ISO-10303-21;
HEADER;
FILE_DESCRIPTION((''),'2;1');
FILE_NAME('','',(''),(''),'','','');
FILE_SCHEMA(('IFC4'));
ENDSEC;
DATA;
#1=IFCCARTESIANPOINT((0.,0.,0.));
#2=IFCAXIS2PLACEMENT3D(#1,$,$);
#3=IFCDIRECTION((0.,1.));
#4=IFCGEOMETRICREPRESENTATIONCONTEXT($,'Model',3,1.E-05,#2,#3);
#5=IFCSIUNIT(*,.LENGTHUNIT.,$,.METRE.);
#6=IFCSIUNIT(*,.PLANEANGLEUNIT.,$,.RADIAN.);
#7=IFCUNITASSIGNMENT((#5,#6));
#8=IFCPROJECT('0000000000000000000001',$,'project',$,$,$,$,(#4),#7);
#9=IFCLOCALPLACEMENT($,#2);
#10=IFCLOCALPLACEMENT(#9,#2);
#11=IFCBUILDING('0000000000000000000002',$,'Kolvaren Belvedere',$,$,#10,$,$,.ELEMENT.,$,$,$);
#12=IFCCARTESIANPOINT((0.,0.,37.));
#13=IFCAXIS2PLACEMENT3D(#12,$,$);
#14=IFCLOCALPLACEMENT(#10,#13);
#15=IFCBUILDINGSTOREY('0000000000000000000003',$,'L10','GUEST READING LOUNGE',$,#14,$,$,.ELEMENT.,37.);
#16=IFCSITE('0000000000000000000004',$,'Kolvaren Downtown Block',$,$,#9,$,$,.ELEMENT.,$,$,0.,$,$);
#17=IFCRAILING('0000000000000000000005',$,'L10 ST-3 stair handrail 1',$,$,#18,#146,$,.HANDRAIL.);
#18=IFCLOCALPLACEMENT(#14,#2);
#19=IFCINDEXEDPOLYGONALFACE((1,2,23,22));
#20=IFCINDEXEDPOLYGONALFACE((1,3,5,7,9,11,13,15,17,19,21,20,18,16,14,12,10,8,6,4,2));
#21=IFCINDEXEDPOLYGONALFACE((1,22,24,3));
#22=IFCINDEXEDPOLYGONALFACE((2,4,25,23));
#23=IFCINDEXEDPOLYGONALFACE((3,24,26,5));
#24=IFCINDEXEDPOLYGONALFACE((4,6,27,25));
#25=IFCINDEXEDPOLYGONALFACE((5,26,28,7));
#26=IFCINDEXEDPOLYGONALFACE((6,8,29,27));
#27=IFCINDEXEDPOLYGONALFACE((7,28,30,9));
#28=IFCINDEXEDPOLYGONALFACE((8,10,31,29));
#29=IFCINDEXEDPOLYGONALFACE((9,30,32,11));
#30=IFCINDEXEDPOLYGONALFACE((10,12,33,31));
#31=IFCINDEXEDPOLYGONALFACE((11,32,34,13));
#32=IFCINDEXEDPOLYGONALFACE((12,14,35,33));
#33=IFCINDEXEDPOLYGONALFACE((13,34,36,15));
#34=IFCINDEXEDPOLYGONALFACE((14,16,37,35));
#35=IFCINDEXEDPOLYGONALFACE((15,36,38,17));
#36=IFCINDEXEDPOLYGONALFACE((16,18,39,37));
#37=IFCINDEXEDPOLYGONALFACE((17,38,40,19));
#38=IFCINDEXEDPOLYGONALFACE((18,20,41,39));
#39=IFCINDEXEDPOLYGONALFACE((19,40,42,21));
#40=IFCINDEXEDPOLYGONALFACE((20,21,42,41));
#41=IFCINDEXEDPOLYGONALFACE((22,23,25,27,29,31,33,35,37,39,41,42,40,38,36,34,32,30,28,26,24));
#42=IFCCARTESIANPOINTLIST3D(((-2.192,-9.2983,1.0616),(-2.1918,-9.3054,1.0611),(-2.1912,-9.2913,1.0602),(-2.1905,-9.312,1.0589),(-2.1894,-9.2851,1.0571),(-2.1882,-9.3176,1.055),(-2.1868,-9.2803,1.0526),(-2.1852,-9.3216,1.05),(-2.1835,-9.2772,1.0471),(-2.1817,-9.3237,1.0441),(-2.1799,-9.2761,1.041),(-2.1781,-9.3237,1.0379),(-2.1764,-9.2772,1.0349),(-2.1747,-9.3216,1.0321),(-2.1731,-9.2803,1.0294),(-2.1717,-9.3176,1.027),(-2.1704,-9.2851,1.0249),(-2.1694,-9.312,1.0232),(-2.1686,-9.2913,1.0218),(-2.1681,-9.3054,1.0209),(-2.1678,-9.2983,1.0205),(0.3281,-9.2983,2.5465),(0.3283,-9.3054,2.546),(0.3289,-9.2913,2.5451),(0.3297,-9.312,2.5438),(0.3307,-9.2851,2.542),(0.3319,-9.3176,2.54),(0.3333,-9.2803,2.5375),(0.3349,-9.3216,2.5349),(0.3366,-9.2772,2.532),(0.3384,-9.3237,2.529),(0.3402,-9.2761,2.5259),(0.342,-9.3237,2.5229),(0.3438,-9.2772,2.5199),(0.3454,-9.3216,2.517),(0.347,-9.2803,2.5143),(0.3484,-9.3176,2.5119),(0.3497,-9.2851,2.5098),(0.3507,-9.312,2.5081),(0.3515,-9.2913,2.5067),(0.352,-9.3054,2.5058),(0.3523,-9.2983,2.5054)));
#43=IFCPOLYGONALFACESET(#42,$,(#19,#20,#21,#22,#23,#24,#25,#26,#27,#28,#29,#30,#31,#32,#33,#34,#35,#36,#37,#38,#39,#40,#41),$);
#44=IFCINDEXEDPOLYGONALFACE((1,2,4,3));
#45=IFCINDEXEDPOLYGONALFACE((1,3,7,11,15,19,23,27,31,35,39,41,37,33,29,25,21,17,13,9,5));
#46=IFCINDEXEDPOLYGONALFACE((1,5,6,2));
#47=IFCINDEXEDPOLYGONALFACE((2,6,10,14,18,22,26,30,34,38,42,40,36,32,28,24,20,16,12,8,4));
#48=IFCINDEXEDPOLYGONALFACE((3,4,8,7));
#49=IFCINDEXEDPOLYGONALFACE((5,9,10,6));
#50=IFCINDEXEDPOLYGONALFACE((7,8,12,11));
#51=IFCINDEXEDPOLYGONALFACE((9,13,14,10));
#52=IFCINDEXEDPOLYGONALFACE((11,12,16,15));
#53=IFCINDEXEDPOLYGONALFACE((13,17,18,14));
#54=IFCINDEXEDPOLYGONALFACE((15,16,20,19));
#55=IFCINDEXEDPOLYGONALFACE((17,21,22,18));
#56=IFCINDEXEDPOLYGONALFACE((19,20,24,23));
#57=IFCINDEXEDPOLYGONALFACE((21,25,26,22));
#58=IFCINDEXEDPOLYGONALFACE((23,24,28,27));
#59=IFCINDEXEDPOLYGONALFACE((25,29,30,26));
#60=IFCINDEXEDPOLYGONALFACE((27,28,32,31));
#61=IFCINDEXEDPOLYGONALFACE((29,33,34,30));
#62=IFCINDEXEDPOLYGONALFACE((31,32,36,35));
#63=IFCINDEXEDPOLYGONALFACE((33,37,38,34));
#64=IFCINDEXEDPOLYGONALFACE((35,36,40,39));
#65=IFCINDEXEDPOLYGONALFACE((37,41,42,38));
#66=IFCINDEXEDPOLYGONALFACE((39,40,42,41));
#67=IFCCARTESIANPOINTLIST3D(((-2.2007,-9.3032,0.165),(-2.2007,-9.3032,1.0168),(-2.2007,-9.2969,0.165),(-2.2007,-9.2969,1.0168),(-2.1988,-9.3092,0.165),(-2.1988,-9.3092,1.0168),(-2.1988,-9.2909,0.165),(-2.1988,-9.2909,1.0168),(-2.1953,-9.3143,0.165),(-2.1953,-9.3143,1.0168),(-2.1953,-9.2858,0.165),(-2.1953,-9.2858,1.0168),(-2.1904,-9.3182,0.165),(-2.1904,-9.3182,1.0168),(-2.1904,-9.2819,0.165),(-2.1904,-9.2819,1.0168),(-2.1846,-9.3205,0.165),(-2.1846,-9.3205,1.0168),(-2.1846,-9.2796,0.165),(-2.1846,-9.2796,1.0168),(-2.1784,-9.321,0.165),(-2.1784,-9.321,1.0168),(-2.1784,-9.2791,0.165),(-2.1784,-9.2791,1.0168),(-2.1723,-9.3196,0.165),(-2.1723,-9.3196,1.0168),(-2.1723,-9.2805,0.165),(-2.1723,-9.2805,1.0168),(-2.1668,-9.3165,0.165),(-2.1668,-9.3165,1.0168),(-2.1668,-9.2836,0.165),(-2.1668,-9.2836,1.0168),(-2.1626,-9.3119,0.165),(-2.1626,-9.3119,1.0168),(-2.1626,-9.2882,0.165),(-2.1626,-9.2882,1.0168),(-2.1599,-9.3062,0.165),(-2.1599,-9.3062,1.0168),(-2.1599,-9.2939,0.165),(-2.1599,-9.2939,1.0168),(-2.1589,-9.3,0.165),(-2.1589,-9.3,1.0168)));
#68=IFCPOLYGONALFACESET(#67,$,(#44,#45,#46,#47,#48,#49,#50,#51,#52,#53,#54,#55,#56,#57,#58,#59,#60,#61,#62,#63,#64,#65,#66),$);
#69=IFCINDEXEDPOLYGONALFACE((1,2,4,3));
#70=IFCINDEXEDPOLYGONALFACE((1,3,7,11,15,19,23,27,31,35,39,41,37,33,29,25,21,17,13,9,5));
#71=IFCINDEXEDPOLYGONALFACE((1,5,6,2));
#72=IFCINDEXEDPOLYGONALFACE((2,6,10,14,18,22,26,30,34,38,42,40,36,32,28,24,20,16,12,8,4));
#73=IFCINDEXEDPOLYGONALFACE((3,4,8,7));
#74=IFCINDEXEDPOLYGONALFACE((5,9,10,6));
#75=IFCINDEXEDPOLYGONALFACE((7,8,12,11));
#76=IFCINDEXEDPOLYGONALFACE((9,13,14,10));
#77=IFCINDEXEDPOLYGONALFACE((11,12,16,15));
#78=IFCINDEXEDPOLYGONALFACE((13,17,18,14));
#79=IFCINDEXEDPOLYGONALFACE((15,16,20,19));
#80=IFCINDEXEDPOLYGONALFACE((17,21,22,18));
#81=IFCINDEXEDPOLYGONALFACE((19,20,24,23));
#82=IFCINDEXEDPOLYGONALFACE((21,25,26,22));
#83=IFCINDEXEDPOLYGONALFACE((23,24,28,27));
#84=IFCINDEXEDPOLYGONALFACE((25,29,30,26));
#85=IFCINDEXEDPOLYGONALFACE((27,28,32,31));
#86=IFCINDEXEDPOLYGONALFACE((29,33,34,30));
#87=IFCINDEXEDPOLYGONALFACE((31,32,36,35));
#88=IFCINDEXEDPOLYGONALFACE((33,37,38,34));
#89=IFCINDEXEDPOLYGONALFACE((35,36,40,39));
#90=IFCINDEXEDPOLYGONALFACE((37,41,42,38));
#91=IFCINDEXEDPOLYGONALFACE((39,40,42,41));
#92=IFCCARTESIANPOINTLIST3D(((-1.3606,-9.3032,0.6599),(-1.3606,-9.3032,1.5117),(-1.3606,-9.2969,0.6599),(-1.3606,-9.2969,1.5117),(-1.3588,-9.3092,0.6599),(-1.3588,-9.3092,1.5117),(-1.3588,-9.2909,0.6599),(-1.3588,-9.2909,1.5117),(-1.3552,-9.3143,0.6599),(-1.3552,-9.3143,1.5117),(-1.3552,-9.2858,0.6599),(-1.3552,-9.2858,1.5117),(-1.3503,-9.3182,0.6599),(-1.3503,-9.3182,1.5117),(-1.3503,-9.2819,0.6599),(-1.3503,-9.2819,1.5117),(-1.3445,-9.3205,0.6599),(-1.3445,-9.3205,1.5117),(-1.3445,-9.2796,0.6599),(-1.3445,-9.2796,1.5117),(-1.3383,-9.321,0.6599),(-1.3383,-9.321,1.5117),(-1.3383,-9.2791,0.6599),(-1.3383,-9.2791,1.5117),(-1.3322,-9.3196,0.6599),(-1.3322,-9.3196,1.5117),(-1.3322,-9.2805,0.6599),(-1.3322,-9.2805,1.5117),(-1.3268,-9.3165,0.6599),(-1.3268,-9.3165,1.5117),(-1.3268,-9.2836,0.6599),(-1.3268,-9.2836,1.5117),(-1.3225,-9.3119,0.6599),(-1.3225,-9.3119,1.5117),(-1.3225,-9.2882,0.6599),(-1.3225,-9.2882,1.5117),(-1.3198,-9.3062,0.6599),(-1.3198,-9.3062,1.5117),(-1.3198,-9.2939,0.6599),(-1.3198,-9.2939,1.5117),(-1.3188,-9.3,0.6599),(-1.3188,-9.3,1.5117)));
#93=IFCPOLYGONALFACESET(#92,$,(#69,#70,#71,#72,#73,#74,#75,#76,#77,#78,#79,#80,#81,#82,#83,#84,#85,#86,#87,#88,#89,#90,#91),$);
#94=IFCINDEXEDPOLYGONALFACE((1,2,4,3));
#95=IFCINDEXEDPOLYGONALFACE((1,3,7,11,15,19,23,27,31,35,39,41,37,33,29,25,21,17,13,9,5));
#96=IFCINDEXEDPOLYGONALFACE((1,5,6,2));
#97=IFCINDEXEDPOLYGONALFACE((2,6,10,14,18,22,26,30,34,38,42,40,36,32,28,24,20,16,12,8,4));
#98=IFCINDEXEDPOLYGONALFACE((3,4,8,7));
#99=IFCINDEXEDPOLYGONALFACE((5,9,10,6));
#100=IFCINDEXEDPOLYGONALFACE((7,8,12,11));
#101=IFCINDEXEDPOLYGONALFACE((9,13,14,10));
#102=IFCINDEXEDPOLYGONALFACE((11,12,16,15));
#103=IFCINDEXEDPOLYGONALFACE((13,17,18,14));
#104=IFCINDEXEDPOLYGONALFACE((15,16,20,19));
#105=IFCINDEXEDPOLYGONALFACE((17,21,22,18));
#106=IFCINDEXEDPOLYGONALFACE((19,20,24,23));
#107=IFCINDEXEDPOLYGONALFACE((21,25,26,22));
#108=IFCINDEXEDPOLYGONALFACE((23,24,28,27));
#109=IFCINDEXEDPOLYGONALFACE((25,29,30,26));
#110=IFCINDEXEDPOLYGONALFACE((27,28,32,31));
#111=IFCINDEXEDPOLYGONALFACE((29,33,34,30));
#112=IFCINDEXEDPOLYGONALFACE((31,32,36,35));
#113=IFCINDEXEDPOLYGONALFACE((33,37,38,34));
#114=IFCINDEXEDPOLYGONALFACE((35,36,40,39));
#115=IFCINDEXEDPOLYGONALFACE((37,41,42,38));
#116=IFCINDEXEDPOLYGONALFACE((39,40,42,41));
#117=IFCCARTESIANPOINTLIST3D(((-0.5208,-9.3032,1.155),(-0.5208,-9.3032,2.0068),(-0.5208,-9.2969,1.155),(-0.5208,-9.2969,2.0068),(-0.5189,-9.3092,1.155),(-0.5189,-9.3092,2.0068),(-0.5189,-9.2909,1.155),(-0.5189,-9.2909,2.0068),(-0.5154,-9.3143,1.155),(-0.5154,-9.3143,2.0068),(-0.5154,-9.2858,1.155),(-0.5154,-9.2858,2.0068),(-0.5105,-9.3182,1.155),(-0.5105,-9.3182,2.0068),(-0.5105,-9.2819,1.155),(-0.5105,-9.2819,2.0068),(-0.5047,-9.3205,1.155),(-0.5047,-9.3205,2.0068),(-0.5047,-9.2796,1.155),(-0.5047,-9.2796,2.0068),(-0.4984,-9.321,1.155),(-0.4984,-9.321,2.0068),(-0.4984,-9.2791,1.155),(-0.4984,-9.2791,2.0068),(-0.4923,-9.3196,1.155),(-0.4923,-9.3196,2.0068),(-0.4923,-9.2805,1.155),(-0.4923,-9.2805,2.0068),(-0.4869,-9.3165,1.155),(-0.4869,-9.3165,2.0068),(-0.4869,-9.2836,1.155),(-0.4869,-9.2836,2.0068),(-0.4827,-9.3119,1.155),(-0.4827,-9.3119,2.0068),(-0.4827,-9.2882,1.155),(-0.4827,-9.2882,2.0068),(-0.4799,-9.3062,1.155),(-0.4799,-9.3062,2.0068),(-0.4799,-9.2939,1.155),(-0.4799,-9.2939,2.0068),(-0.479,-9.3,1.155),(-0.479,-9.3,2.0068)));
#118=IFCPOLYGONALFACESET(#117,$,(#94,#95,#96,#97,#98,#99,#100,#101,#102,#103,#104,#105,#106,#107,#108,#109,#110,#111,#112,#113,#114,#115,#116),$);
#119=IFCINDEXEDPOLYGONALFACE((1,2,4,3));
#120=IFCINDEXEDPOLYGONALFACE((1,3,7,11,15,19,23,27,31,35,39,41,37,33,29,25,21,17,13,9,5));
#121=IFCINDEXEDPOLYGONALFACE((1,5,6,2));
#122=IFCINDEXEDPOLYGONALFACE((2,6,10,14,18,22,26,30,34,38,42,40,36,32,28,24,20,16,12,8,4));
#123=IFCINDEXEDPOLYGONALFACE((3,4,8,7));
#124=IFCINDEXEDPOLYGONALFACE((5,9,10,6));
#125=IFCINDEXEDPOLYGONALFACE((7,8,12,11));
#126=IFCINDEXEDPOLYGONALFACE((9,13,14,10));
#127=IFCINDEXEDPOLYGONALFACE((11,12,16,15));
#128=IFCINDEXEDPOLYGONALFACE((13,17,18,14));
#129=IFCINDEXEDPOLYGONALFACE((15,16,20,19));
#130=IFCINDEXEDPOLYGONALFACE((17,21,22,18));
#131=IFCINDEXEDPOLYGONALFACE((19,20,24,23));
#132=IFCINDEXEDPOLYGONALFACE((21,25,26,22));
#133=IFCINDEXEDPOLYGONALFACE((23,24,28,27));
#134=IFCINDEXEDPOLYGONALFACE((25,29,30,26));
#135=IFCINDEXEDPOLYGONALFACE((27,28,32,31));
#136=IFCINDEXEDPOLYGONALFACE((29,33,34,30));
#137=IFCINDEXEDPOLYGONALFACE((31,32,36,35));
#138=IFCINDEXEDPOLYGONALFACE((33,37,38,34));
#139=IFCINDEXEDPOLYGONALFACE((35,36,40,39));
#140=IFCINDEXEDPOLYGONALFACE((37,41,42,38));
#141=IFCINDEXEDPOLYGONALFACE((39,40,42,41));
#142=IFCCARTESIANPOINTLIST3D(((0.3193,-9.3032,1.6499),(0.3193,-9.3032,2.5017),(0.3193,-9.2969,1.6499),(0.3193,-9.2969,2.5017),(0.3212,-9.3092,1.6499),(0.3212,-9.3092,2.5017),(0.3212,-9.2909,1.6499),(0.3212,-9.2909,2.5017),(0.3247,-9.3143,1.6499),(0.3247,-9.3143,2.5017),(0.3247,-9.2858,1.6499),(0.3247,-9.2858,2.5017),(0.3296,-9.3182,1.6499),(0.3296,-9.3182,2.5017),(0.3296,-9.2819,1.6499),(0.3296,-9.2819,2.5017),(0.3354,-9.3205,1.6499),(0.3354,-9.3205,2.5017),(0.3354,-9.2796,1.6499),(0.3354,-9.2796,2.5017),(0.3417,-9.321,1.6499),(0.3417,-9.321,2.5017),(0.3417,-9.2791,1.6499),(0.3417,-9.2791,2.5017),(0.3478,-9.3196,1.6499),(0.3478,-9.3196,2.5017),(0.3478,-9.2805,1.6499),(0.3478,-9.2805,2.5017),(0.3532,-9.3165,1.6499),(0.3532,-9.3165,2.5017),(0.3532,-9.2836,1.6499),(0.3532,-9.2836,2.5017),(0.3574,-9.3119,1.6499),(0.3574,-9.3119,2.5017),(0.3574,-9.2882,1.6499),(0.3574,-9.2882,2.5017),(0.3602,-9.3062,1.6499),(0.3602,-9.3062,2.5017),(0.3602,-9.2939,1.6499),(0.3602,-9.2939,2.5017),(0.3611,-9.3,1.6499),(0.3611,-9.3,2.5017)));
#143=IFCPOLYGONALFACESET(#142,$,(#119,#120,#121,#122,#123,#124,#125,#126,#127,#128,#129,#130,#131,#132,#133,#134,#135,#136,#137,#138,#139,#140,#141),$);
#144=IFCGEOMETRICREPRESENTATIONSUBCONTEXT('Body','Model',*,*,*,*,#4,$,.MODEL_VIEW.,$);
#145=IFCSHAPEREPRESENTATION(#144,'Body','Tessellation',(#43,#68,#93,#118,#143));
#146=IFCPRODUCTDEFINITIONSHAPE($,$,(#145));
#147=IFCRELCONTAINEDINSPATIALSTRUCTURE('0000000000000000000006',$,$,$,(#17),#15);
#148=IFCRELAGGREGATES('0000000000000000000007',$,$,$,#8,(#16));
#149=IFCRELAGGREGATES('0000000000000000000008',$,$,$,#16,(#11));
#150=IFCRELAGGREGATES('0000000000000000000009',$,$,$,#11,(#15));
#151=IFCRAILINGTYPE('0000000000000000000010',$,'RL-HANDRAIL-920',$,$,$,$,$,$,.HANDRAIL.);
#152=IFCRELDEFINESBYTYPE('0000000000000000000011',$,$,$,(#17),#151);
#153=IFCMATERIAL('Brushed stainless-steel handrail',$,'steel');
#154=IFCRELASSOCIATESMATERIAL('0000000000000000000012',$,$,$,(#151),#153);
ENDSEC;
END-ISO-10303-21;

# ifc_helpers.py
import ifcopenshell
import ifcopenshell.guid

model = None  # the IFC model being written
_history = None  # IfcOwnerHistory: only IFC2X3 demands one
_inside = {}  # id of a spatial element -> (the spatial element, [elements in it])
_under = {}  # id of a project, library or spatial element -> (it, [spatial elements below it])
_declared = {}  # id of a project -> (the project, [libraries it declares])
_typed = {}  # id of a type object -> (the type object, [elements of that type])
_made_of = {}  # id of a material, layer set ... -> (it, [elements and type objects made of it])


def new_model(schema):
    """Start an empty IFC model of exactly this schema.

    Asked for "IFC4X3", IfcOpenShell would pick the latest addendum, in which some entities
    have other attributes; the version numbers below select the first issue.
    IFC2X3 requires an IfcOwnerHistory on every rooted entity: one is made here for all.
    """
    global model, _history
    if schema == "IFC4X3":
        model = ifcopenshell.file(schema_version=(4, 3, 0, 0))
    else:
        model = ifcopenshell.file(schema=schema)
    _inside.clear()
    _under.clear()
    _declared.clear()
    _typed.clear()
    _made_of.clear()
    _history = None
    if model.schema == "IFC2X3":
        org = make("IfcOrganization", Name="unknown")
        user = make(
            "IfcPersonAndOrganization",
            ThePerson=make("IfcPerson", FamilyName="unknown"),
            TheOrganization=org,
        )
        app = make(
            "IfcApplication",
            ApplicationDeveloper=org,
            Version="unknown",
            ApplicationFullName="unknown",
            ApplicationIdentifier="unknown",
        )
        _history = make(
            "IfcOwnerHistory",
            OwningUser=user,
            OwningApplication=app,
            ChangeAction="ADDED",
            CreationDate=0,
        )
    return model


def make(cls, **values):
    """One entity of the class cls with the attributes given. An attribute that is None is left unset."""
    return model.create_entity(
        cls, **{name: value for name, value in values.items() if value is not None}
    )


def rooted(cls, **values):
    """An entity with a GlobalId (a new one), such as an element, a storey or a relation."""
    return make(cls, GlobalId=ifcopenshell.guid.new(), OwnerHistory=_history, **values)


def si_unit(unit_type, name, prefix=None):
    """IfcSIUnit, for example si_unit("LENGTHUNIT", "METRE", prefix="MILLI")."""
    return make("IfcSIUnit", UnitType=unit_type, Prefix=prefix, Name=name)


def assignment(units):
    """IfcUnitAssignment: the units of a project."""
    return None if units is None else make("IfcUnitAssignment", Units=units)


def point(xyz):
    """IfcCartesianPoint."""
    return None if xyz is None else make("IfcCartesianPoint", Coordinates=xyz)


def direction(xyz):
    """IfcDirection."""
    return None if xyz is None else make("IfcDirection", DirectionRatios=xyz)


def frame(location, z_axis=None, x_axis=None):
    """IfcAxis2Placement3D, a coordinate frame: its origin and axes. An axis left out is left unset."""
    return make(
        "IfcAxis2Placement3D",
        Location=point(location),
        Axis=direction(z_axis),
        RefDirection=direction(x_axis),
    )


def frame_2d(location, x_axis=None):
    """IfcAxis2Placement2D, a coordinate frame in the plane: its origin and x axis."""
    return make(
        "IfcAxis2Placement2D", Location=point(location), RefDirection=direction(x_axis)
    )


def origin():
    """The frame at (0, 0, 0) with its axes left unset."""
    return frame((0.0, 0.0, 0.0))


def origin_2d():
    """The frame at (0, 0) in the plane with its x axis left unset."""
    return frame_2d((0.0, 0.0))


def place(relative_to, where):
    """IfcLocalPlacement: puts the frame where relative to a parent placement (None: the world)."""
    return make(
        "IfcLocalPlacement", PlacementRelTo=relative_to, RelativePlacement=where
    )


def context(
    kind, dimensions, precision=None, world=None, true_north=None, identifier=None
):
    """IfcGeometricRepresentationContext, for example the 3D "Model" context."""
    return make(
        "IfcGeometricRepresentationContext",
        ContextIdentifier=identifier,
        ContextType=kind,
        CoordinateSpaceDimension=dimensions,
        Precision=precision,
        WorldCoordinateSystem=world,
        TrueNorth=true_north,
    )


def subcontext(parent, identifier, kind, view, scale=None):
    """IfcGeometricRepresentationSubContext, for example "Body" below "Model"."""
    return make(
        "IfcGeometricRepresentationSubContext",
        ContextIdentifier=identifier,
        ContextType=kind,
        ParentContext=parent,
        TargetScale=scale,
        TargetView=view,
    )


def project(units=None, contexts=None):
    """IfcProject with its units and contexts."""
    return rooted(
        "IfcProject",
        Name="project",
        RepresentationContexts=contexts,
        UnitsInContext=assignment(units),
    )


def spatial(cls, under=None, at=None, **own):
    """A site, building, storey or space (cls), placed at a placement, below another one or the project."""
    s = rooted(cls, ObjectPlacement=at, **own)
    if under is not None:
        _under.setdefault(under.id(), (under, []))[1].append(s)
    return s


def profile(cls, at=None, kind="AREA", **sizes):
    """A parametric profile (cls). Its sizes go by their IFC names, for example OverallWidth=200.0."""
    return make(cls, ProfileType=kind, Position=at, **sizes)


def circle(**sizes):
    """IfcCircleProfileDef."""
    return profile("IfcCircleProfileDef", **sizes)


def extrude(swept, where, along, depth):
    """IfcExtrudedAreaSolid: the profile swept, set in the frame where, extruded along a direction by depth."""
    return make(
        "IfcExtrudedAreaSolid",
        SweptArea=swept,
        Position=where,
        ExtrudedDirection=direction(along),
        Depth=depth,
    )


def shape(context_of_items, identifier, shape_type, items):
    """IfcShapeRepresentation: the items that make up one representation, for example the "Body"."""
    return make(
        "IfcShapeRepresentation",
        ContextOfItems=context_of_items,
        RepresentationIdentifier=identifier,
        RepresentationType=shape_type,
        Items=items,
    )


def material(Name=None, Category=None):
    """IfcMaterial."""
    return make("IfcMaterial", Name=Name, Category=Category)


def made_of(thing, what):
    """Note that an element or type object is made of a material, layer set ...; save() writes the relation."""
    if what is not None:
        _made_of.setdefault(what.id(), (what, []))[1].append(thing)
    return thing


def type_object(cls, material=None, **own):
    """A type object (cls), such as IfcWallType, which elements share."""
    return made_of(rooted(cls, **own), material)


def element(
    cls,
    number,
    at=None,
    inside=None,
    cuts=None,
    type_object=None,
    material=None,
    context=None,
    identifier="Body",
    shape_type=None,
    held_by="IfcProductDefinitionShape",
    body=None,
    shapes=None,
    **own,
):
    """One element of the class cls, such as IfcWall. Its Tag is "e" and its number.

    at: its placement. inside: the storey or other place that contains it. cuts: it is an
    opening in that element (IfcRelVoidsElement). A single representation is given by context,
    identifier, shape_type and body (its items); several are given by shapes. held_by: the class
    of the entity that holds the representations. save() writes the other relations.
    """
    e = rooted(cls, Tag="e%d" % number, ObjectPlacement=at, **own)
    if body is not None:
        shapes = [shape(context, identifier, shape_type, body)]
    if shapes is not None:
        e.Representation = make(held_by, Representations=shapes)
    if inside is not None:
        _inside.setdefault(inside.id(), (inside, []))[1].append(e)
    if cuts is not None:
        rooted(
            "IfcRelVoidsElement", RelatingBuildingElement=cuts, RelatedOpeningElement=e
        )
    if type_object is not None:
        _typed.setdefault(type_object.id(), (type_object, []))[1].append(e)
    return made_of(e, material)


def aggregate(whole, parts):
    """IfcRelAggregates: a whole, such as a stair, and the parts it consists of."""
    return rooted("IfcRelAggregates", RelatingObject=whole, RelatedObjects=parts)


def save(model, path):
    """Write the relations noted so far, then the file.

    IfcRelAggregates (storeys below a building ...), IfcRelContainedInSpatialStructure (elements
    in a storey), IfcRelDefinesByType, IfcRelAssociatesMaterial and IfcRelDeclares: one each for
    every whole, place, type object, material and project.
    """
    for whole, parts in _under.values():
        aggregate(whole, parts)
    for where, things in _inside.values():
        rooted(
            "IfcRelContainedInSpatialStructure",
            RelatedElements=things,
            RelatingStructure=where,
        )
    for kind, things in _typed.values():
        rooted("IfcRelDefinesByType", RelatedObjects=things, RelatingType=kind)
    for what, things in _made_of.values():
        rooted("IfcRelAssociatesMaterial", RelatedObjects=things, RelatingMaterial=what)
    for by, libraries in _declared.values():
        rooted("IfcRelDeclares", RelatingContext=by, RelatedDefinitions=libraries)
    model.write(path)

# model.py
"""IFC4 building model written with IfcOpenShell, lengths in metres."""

from ifc_helpers import new_model, si_unit, direction, frame, origin, origin_2d, place, context, subcontext, project, spatial, circle, extrude, material, type_object, element, save


model = new_model("IFC4")

# Units and contexts
model_context = context("Model", 3, precision=1e-05, world=origin(), true_north=direction((0.0, 1.0)))
body_context = subcontext(model_context, "Body", "Model", "MODEL_VIEW")
ifc_project = project(units=[si_unit("LENGTHUNIT", "METRE"), si_unit("PLANEANGLEUNIT", "RADIAN")], contexts=[model_context])

# Site, building, storey
site_placement = place(None, origin())
site = spatial("IfcSite", under=ifc_project, at=site_placement, Name="Kolvaren Downtown Block", CompositionType="ELEMENT", RefElevation=0.0)
building_placement = place(site_placement, origin())
building = spatial("IfcBuilding", under=site, at=building_placement, Name="Kolvaren Belvedere", CompositionType="ELEMENT")
storey_placement = place(building_placement, frame((0.0, 0.0, 37.0)))
storey = spatial("IfcBuildingStorey", under=building, at=storey_placement, Name="L10", Description="GUEST READING LOUNGE", CompositionType="ELEMENT", Elevation=37.0)

# Railing
ifc_material_1 = material(Name="Brushed stainless-steel handrail", Category="steel")
railing_type_1 = type_object("IfcRailingType", Name="RL-HANDRAIL-920", PredefinedType="HANDRAIL", material=ifc_material_1)
railing_1_placement = place(storey_placement, frame((-2.1799, -9.3, 0.165)))
element("IfcRailing", 1, at=railing_1_placement, inside=storey, type_object=railing_type_1, Name="L10 ST-3 stair handrail 1", PredefinedType="HANDRAIL", context=body_context, shape_type="SweptSolid", body=[
    extrude(circle(Radius=0.0239, at=origin_2d()), frame((0.0, 0.0, 0.876), z_axis=(0.861561, 0.0, 0.507655), x_axis=(0.0, 1.0, 0.0)), (0.0, 0.0, 1.0), 2.925),
    extrude(circle(Radius=0.021, at=origin_2d()), origin(), (0.0, 0.0, 1.0), 0.8518),
    extrude(circle(Radius=0.021, at=origin_2d()), frame((0.8401, 0.0, 0.4949)), (0.0, 0.0, 1.0), 0.8518),
    extrude(circle(Radius=0.021, at=origin_2d()), frame((1.6799, 0.0, 0.99)), (0.0, 0.0, 1.0), 0.8518),
    extrude(circle(Radius=0.021, at=origin_2d()), frame((2.52, 0.0, 1.4849)), (0.0, 0.0, 1.0), 0.8518),
])

save(model, "model.ifc")
